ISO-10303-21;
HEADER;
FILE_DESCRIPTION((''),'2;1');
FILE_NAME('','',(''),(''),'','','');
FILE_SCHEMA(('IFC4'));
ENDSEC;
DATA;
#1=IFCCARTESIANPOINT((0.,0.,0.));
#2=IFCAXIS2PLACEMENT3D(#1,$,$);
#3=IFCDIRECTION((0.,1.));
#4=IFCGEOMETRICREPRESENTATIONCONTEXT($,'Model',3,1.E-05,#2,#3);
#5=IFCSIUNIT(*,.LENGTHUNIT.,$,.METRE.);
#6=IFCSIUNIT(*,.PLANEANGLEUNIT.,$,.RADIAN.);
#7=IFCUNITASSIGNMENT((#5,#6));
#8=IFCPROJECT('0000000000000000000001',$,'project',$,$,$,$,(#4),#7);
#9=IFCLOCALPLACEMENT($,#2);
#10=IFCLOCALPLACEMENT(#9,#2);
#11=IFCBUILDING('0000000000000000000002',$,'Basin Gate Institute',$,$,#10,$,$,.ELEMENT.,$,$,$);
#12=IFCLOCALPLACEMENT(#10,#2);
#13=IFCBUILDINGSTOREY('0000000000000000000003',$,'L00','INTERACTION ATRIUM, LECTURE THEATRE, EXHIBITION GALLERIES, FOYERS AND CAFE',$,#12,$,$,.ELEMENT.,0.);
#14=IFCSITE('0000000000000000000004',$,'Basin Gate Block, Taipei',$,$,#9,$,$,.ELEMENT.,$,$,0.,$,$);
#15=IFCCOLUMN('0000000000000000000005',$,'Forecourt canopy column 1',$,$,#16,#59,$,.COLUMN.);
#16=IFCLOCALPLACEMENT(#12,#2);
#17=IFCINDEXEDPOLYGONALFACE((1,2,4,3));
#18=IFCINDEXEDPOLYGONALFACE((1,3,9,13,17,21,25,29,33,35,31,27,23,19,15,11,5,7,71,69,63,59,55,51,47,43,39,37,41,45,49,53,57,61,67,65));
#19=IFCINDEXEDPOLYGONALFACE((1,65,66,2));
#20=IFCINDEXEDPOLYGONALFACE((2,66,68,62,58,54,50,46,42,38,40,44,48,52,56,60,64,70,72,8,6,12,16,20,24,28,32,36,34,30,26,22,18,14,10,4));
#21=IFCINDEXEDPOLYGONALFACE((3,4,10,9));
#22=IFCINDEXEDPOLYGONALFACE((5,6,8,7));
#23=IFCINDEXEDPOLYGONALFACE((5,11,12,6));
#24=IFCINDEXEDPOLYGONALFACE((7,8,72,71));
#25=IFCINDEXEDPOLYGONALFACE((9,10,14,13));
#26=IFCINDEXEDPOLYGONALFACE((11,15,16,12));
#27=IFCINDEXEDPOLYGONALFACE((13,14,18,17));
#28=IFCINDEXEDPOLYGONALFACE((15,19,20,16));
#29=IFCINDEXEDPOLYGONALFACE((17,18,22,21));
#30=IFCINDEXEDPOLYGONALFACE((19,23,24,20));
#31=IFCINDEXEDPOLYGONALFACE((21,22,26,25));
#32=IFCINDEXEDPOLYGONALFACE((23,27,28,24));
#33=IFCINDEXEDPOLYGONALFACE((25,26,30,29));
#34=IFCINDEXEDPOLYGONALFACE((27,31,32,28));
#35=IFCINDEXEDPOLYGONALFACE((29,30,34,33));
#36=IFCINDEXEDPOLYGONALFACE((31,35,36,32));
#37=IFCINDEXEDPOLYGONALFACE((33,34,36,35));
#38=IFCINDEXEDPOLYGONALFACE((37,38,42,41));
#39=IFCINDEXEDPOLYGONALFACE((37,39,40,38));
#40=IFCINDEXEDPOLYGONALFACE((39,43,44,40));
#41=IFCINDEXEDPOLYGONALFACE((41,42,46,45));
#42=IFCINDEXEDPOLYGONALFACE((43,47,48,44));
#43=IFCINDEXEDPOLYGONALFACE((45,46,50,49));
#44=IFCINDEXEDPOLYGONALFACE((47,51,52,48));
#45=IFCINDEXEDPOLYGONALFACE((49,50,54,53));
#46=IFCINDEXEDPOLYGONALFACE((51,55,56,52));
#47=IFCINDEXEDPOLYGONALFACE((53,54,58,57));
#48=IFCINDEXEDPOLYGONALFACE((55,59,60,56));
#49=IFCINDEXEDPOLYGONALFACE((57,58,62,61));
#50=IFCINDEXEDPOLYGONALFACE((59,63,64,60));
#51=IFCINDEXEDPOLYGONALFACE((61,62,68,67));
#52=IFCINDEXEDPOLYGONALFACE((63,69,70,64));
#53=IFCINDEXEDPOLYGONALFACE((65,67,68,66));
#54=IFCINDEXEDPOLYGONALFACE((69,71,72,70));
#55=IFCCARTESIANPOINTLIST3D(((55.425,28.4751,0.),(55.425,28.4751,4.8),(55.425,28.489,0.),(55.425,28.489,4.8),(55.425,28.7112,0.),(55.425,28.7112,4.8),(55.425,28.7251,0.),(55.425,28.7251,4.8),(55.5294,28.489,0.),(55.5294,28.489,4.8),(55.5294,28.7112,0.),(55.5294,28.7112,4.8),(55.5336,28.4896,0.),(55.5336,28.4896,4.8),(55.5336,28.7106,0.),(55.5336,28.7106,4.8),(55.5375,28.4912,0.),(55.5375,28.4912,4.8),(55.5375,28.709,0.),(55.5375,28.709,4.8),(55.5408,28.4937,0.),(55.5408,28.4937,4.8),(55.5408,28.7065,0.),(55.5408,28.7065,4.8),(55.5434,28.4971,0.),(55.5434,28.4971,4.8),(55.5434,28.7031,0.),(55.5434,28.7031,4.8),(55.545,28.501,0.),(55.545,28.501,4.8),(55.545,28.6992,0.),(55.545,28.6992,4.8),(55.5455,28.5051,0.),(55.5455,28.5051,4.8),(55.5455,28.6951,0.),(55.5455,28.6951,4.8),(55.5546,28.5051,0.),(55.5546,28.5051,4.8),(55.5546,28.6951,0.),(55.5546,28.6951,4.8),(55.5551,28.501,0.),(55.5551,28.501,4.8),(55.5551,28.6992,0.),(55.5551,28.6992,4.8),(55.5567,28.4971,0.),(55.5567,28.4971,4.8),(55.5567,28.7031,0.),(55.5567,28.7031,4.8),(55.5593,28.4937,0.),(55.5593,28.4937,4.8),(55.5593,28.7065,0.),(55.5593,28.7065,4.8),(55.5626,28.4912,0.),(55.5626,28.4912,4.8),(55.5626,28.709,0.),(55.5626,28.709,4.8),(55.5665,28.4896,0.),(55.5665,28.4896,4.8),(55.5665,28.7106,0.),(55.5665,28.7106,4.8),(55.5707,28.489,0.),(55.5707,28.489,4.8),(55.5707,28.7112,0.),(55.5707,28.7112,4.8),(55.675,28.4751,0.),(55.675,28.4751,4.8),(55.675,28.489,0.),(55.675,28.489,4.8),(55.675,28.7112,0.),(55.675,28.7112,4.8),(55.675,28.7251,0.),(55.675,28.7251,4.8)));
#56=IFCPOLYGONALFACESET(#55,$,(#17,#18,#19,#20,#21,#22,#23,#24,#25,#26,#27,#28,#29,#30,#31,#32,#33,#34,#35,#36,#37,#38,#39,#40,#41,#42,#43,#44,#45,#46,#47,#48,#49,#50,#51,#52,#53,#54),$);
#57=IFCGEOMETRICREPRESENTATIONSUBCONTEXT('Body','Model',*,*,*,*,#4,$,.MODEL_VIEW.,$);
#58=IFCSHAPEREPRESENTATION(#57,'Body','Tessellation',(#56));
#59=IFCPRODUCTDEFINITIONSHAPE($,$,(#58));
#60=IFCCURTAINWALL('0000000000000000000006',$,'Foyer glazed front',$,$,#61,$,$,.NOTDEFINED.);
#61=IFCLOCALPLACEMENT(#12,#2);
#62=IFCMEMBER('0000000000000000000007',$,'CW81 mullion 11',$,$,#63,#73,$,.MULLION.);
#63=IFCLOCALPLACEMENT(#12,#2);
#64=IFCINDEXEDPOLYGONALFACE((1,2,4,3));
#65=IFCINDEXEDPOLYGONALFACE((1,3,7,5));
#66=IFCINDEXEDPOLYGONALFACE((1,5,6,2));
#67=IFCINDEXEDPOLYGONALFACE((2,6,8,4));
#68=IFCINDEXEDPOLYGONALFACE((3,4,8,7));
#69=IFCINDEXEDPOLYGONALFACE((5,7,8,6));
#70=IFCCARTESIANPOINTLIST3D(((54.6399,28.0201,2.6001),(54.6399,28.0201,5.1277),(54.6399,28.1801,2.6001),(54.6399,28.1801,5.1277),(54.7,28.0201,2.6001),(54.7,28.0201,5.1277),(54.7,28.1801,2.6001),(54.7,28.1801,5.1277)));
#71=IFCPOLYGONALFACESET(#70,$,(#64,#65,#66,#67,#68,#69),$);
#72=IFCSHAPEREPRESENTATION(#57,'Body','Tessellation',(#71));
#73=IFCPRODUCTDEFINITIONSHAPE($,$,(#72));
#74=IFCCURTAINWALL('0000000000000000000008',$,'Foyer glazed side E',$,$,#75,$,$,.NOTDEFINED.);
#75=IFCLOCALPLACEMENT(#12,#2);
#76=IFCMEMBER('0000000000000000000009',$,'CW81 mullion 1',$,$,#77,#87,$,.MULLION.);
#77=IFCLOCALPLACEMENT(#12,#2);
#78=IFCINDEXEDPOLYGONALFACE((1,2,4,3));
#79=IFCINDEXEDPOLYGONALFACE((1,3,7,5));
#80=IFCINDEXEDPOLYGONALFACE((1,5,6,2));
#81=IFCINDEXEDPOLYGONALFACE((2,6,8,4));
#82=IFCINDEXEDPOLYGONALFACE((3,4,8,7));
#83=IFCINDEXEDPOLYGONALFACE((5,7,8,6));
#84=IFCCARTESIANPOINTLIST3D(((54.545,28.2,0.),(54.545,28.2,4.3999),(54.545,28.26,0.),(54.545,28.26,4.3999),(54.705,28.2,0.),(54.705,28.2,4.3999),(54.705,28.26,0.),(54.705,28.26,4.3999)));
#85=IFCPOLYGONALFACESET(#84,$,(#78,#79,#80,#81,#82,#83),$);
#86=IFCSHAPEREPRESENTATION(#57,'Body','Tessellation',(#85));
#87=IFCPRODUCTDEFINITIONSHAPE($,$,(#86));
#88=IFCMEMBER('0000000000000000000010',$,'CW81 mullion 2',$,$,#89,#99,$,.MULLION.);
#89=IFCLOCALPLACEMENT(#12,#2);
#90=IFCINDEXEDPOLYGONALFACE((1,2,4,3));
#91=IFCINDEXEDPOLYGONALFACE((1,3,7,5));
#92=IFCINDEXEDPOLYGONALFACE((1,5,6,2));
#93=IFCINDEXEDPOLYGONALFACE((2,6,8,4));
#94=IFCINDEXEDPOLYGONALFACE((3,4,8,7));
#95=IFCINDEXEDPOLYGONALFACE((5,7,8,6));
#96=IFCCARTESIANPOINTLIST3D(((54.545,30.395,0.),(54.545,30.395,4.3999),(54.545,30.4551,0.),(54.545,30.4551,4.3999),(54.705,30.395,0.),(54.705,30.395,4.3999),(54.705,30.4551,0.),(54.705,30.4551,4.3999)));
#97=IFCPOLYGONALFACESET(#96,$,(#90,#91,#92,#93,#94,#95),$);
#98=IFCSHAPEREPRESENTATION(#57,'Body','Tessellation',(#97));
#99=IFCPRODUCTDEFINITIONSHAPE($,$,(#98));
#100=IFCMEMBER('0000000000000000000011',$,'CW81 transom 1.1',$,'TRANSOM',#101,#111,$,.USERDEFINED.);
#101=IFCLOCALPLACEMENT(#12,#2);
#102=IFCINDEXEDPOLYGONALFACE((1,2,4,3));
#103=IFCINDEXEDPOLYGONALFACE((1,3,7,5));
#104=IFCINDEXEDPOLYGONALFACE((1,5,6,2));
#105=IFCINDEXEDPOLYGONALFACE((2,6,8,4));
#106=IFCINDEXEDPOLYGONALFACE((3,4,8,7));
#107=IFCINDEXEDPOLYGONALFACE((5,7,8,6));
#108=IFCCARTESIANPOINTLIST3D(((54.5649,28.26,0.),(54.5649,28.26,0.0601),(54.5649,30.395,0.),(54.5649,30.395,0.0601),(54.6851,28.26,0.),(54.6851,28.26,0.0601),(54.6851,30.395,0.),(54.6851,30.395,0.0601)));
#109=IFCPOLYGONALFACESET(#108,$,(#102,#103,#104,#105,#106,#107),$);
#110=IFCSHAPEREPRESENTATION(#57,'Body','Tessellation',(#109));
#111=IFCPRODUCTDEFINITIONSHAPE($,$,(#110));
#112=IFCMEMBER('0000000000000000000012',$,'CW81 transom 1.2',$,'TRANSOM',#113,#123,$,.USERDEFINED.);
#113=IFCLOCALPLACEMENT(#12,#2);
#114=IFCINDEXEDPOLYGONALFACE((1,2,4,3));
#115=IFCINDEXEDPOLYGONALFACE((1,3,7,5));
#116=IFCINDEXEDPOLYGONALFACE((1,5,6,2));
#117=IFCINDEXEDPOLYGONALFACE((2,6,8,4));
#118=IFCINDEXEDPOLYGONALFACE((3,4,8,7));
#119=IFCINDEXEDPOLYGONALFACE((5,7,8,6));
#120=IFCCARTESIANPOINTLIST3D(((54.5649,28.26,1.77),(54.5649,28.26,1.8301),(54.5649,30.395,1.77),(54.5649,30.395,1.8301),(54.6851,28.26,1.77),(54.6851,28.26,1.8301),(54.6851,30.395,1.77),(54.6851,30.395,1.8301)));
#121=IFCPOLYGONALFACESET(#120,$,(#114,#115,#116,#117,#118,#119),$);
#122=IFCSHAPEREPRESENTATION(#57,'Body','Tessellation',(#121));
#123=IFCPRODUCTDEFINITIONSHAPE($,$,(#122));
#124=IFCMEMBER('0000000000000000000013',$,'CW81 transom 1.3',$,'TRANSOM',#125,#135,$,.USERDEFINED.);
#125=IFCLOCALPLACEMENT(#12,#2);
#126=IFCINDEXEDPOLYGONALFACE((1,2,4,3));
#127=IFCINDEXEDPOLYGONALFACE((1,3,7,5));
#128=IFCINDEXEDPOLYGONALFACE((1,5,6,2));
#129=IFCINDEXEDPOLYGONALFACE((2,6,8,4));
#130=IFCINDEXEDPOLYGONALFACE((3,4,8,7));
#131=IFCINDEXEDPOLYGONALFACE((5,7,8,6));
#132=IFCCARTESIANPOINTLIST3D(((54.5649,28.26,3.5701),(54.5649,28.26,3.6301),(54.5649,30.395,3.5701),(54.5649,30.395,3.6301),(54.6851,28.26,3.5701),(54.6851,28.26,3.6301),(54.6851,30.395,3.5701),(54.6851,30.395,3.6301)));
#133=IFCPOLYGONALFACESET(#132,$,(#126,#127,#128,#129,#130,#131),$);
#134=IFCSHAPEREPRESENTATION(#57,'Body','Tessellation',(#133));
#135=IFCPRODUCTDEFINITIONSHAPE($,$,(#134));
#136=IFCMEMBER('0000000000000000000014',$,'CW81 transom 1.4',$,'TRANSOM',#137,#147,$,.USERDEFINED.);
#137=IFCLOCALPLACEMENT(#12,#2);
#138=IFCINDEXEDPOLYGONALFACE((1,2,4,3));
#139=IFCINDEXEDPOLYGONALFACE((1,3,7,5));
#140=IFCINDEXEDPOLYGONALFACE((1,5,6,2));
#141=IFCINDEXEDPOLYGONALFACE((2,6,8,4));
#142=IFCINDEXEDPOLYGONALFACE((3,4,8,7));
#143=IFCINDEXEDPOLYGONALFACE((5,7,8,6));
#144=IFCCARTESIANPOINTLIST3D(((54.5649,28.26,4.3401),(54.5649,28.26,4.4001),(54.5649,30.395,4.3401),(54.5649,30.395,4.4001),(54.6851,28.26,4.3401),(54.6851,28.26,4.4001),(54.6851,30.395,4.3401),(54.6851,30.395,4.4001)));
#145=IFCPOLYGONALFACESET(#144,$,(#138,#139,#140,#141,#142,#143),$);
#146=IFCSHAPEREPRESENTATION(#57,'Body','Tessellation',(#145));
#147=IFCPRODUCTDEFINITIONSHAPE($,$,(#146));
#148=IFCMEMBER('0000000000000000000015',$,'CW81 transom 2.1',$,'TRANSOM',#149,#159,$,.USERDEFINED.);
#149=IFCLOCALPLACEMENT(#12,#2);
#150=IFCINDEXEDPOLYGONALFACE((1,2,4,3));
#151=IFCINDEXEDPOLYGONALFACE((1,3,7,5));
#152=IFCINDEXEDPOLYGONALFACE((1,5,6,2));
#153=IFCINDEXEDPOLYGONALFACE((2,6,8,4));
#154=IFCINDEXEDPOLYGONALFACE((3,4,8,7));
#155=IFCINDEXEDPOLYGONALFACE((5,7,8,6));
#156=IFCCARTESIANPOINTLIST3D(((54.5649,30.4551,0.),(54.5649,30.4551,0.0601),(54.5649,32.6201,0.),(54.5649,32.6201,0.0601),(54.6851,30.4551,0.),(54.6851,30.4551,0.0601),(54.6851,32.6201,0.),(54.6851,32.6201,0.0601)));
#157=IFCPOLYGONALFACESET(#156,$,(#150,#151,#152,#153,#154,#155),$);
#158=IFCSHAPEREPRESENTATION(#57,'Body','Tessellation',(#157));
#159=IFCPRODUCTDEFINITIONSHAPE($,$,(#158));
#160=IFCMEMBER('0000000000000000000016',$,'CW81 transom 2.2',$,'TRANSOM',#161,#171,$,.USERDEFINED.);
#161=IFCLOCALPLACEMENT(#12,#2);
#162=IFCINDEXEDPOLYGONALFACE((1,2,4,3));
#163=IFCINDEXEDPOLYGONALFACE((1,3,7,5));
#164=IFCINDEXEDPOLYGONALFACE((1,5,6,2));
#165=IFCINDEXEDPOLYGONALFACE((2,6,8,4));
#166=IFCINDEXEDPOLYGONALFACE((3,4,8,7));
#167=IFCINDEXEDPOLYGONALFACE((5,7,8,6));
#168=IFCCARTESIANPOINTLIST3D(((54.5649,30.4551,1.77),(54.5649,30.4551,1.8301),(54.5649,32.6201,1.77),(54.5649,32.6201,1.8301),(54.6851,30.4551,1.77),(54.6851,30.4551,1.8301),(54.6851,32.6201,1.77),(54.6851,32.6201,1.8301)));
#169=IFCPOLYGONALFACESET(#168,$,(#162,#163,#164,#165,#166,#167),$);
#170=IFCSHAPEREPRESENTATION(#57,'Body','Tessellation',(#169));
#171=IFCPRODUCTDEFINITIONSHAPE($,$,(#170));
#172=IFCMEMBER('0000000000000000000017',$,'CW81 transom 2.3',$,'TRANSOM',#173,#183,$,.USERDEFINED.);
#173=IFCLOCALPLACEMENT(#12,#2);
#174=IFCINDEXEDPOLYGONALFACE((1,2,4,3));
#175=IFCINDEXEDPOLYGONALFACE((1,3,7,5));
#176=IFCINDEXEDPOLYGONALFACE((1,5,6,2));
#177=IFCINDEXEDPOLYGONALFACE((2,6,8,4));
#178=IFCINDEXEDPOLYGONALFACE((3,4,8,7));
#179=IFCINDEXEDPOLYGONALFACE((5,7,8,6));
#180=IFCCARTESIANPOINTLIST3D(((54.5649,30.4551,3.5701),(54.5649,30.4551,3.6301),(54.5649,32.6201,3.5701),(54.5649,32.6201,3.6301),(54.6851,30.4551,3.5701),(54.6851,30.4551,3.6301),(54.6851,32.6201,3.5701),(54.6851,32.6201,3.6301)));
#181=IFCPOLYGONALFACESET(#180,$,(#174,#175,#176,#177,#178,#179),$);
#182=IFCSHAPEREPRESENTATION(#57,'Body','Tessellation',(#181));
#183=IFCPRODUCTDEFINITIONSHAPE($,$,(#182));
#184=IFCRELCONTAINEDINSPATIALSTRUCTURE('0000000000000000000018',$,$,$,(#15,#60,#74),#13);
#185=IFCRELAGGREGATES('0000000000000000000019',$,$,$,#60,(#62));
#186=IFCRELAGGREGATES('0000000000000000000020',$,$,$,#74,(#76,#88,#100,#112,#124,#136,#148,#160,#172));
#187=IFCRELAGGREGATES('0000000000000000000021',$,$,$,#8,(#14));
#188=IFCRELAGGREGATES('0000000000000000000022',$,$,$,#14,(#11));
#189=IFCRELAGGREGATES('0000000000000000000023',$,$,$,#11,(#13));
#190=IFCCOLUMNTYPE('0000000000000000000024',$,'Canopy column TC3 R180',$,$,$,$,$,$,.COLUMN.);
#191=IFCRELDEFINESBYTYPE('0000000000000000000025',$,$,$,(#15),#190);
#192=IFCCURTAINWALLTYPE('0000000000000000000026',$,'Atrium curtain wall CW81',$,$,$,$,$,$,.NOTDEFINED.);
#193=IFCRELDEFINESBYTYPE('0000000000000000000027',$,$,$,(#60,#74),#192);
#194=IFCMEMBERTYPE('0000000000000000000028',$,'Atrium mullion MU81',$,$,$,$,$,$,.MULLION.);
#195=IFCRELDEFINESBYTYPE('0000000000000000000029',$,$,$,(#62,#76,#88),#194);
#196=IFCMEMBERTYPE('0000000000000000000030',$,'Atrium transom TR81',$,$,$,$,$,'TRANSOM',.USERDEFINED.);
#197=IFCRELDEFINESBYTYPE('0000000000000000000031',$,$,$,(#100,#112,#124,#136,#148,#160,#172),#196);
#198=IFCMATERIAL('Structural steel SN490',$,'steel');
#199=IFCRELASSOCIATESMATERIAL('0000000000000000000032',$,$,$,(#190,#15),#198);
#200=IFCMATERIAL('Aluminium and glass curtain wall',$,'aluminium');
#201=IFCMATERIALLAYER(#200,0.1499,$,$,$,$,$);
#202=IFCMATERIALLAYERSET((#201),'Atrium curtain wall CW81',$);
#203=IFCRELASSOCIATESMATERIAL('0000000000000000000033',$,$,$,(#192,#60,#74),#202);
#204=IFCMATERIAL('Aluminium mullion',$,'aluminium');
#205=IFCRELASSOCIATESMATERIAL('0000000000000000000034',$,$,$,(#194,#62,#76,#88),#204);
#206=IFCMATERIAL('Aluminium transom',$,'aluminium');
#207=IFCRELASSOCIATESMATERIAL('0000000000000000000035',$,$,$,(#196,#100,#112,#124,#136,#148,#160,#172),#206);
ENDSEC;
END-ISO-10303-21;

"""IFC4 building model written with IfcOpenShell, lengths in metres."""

from ifc_helpers import new_model, si_unit, direction, frame, origin, origin_2d, place, context, subcontext, project, spatial, rectangle, i_section, extrude, material, layer, layer_set, material_profile, profile_set, type_object, element, aggregate, save


model = new_model("IFC4")

# Units and contexts
model_context = context("Model", 3, precision=1e-05, world=origin(), true_north=direction((0.0, 1.0)))
body_context = subcontext(model_context, "Body", "Model", "MODEL_VIEW")
ifc_project = project(units=[si_unit("LENGTHUNIT", "METRE"), si_unit("PLANEANGLEUNIT", "RADIAN")], contexts=[model_context])

# Site, building, storey
site_placement = place(None, origin())
site = spatial("IfcSite", under=ifc_project, at=site_placement, Name="Basin Gate Block, Taipei", CompositionType="ELEMENT", RefElevation=0.0)
building_placement = place(site_placement, origin())
building = spatial("IfcBuilding", under=site, at=building_placement, Name="Basin Gate Institute", CompositionType="ELEMENT")
storey_placement = place(building_placement, origin())
storey = spatial("IfcBuildingStorey", under=building, at=storey_placement, Name="L00", Description="INTERACTION ATRIUM, LECTURE THEATRE, EXHIBITION GALLERIES, FOYERS AND CAFE", CompositionType="ELEMENT", Elevation=0.0)

# Column
ifc_material_1 = material(Name="Structural steel SN490", Category="steel")
ifc_material_profile_1 = material_profile(ifc_material_1, i_section(OverallWidth=0.25, OverallDepth=0.25, WebThickness=0.009, FlangeThickness=0.0139, FilletRadius=0.0161, at=origin_2d()), Name="H250x250")
ifc_profile_set_1 = profile_set([ifc_material_profile_1], Name="Structural steel SN490")
column_type = type_object("IfcColumnType", Name="Canopy column TC3 R180", PredefinedType="COLUMN", material=ifc_profile_set_1)
column_placement = place(storey_placement, frame((55.55, 28.6001, 0.0), z_axis=(0.0, 0.0, 1.0), x_axis=(1.0, 0.0, 0.0)))
element("IfcColumn", 1, at=column_placement, inside=storey, type_object=column_type, material=ifc_profile_set_1, Name="Forecourt canopy column 1", PredefinedType="COLUMN", context=body_context, shape_type="SweptSolid", body=[
    extrude(i_section(OverallWidth=0.25, OverallDepth=0.25, WebThickness=0.009, FlangeThickness=0.0139, FilletRadius=0.0161, at=origin_2d()), origin(), (0.0, 0.0, 1.0), 4.8),
])

# Curtain wall, member
ifc_material_2 = material(Name="Aluminium and glass curtain wall", Category="aluminium")
ifc_layer_1 = layer(ifc_material_2, 0.1499)
ifc_layer_set_1 = layer_set([ifc_layer_1], Name="Atrium curtain wall CW81")
curtain_wall_type = type_object("IfcCurtainWallType", Name="Atrium curtain wall CW81", PredefinedType="NOTDEFINED", material=ifc_layer_set_1)
curtain_wall_1_placement = place(storey_placement, origin())
curtain_wall_1 = element("IfcCurtainWall", 2, at=curtain_wall_1_placement, inside=storey, type_object=curtain_wall_type, material=ifc_layer_set_1, Name="Foyer glazed front", PredefinedType="NOTDEFINED")
ifc_material_3 = material(Name="Aluminium mullion", Category="aluminium")
ifc_material_profile_2 = material_profile(ifc_material_3, rectangle(XDim=0.1599, YDim=0.0601, at=origin_2d()), Name="Atrium mullion MU81 160 x 60")
ifc_profile_set_2 = profile_set([ifc_material_profile_2], Name="Aluminium mullion")
member_type_1 = type_object("IfcMemberType", Name="Atrium mullion MU81", PredefinedType="MULLION", material=ifc_profile_set_2)
member_1_placement = place(storey_placement, frame((54.6699, 28.1001, 2.6001), z_axis=(0.0, 0.0, 1.0), x_axis=(0.0, 1.0, 0.0)))
member_1 = element("IfcMember", 3, at=member_1_placement, type_object=member_type_1, material=ifc_profile_set_2, Name="CW81 mullion 11", PredefinedType="MULLION", context=body_context, shape_type="SweptSolid", body=[
    extrude(rectangle(XDim=0.1599, YDim=0.0601, at=origin_2d()), origin(), (0.0, 0.0, 1.0), 2.5276),
])
aggregate(curtain_wall_1, [member_1])

# Curtain wall, members
curtain_wall_2_placement = place(storey_placement, origin())
curtain_wall_2 = element("IfcCurtainWall", 4, at=curtain_wall_2_placement, inside=storey, type_object=curtain_wall_type, material=ifc_layer_set_1, Name="Foyer glazed side E", PredefinedType="NOTDEFINED")
member_2_placement = place(storey_placement, frame((54.625, 28.23, 0.0), z_axis=(0.0, 0.0, 1.0), x_axis=(-1.0, 0.0, 0.0)))
member_2 = element("IfcMember", 5, at=member_2_placement, type_object=member_type_1, material=ifc_profile_set_2, Name="CW81 mullion 1", PredefinedType="MULLION", context=body_context, shape_type="SweptSolid", body=[
    extrude(rectangle(XDim=0.1599, YDim=0.0601, at=origin_2d()), origin(), (0.0, 0.0, 1.0), 4.3999),
])
member_3_placement = place(storey_placement, frame((54.625, 30.425, 0.0), z_axis=(0.0, 0.0, 1.0), x_axis=(-1.0, 0.0, 0.0)))
member_3 = element("IfcMember", 6, at=member_3_placement, type_object=member_type_1, material=ifc_profile_set_2, Name="CW81 mullion 2", PredefinedType="MULLION", context=body_context, shape_type="SweptSolid", body=[
    extrude(rectangle(XDim=0.1599, YDim=0.0601, at=origin_2d()), origin(), (0.0, 0.0, 1.0), 4.3999),
])
ifc_material_4 = material(Name="Aluminium transom", Category="aluminium")
ifc_material_profile_3 = material_profile(ifc_material_4, rectangle(XDim=0.1201, YDim=0.0601, at=origin_2d()), Name="Atrium transom TR81 120 x 60")
ifc_profile_set_3 = profile_set([ifc_material_profile_3], Name="Aluminium transom")
member_type_2 = type_object("IfcMemberType", Name="Atrium transom TR81", ElementType="TRANSOM", PredefinedType="USERDEFINED", material=ifc_profile_set_3)
member_4_placement = place(storey_placement, frame((54.625, 28.26, 0.03), z_axis=(0.0, 1.0, 0.0), x_axis=(-1.0, 0.0, 0.0)))
member_4 = element("IfcMember", 7, at=member_4_placement, type_object=member_type_2, material=ifc_profile_set_3, Name="CW81 transom 1.1", ObjectType="TRANSOM", PredefinedType="USERDEFINED", context=body_context, shape_type="SweptSolid", body=[
    extrude(rectangle(XDim=0.1201, YDim=0.0601, at=origin_2d()), origin(), (0.0, 0.0, 1.0), 2.135),
])
member_5_placement = place(storey_placement, frame((54.625, 28.26, 1.8), z_axis=(0.0, 1.0, 0.0), x_axis=(-1.0, 0.0, 0.0)))
member_5 = element("IfcMember", 8, at=member_5_placement, type_object=member_type_2, material=ifc_profile_set_3, Name="CW81 transom 1.2", ObjectType="TRANSOM", PredefinedType="USERDEFINED", context=body_context, shape_type="SweptSolid", body=[
    extrude(rectangle(XDim=0.1201, YDim=0.0601, at=origin_2d()), origin(), (0.0, 0.0, 1.0), 2.135),
])
member_6_placement = place(storey_placement, frame((54.625, 28.26, 3.6001), z_axis=(0.0, 1.0, 0.0), x_axis=(-1.0, 0.0, 0.0)))
member_6 = element("IfcMember", 9, at=member_6_placement, type_object=member_type_2, material=ifc_profile_set_3, Name="CW81 transom 1.3", ObjectType="TRANSOM", PredefinedType="USERDEFINED", context=body_context, shape_type="SweptSolid", body=[
    extrude(rectangle(XDim=0.1201, YDim=0.0601, at=origin_2d()), origin(), (0.0, 0.0, 1.0), 2.135),
])
member_7_placement = place(storey_placement, frame((54.625, 28.26, 4.3701), z_axis=(0.0, 1.0, 0.0), x_axis=(-1.0, 0.0, 0.0)))
member_7 = element("IfcMember", 10, at=member_7_placement, type_object=member_type_2, material=ifc_profile_set_3, Name="CW81 transom 1.4", ObjectType="TRANSOM", PredefinedType="USERDEFINED", context=body_context, shape_type="SweptSolid", body=[
    extrude(rectangle(XDim=0.1201, YDim=0.0601, at=origin_2d()), origin(), (0.0, 0.0, 1.0), 2.135),
])
member_8_placement = place(storey_placement, frame((54.625, 30.4551, 0.03), z_axis=(0.0, 1.0, 0.0), x_axis=(-1.0, 0.0, 0.0)))
member_8 = element("IfcMember", 11, at=member_8_placement, type_object=member_type_2, material=ifc_profile_set_3, Name="CW81 transom 2.1", ObjectType="TRANSOM", PredefinedType="USERDEFINED", context=body_context, shape_type="SweptSolid", body=[
    extrude(rectangle(XDim=0.1201, YDim=0.0601, at=origin_2d()), origin(), (0.0, 0.0, 1.0), 2.165),
])
member_9_placement = place(storey_placement, frame((54.625, 30.4551, 1.8), z_axis=(0.0, 1.0, 0.0), x_axis=(-1.0, 0.0, 0.0)))
member_9 = element("IfcMember", 12, at=member_9_placement, type_object=member_type_2, material=ifc_profile_set_3, Name="CW81 transom 2.2", ObjectType="TRANSOM", PredefinedType="USERDEFINED", context=body_context, shape_type="SweptSolid", body=[
    extrude(rectangle(XDim=0.1201, YDim=0.0601, at=origin_2d()), origin(), (0.0, 0.0, 1.0), 2.165),
])
member_10_placement = place(storey_placement, frame((54.625, 30.4551, 3.6001), z_axis=(0.0, 1.0, 0.0), x_axis=(-1.0, 0.0, 0.0)))
member_10 = element("IfcMember", 13, at=member_10_placement, type_object=member_type_2, material=ifc_profile_set_3, Name="CW81 transom 2.3", ObjectType="TRANSOM", PredefinedType="USERDEFINED", context=body_context, shape_type="SweptSolid", body=[
    extrude(rectangle(XDim=0.1201, YDim=0.0601, at=origin_2d()), origin(), (0.0, 0.0, 1.0), 2.165),
])

aggregate(curtain_wall_2, [member_2, member_3, member_4, member_5, member_6, member_7, member_8, member_9, member_10])

save(model, "model.ifc")
